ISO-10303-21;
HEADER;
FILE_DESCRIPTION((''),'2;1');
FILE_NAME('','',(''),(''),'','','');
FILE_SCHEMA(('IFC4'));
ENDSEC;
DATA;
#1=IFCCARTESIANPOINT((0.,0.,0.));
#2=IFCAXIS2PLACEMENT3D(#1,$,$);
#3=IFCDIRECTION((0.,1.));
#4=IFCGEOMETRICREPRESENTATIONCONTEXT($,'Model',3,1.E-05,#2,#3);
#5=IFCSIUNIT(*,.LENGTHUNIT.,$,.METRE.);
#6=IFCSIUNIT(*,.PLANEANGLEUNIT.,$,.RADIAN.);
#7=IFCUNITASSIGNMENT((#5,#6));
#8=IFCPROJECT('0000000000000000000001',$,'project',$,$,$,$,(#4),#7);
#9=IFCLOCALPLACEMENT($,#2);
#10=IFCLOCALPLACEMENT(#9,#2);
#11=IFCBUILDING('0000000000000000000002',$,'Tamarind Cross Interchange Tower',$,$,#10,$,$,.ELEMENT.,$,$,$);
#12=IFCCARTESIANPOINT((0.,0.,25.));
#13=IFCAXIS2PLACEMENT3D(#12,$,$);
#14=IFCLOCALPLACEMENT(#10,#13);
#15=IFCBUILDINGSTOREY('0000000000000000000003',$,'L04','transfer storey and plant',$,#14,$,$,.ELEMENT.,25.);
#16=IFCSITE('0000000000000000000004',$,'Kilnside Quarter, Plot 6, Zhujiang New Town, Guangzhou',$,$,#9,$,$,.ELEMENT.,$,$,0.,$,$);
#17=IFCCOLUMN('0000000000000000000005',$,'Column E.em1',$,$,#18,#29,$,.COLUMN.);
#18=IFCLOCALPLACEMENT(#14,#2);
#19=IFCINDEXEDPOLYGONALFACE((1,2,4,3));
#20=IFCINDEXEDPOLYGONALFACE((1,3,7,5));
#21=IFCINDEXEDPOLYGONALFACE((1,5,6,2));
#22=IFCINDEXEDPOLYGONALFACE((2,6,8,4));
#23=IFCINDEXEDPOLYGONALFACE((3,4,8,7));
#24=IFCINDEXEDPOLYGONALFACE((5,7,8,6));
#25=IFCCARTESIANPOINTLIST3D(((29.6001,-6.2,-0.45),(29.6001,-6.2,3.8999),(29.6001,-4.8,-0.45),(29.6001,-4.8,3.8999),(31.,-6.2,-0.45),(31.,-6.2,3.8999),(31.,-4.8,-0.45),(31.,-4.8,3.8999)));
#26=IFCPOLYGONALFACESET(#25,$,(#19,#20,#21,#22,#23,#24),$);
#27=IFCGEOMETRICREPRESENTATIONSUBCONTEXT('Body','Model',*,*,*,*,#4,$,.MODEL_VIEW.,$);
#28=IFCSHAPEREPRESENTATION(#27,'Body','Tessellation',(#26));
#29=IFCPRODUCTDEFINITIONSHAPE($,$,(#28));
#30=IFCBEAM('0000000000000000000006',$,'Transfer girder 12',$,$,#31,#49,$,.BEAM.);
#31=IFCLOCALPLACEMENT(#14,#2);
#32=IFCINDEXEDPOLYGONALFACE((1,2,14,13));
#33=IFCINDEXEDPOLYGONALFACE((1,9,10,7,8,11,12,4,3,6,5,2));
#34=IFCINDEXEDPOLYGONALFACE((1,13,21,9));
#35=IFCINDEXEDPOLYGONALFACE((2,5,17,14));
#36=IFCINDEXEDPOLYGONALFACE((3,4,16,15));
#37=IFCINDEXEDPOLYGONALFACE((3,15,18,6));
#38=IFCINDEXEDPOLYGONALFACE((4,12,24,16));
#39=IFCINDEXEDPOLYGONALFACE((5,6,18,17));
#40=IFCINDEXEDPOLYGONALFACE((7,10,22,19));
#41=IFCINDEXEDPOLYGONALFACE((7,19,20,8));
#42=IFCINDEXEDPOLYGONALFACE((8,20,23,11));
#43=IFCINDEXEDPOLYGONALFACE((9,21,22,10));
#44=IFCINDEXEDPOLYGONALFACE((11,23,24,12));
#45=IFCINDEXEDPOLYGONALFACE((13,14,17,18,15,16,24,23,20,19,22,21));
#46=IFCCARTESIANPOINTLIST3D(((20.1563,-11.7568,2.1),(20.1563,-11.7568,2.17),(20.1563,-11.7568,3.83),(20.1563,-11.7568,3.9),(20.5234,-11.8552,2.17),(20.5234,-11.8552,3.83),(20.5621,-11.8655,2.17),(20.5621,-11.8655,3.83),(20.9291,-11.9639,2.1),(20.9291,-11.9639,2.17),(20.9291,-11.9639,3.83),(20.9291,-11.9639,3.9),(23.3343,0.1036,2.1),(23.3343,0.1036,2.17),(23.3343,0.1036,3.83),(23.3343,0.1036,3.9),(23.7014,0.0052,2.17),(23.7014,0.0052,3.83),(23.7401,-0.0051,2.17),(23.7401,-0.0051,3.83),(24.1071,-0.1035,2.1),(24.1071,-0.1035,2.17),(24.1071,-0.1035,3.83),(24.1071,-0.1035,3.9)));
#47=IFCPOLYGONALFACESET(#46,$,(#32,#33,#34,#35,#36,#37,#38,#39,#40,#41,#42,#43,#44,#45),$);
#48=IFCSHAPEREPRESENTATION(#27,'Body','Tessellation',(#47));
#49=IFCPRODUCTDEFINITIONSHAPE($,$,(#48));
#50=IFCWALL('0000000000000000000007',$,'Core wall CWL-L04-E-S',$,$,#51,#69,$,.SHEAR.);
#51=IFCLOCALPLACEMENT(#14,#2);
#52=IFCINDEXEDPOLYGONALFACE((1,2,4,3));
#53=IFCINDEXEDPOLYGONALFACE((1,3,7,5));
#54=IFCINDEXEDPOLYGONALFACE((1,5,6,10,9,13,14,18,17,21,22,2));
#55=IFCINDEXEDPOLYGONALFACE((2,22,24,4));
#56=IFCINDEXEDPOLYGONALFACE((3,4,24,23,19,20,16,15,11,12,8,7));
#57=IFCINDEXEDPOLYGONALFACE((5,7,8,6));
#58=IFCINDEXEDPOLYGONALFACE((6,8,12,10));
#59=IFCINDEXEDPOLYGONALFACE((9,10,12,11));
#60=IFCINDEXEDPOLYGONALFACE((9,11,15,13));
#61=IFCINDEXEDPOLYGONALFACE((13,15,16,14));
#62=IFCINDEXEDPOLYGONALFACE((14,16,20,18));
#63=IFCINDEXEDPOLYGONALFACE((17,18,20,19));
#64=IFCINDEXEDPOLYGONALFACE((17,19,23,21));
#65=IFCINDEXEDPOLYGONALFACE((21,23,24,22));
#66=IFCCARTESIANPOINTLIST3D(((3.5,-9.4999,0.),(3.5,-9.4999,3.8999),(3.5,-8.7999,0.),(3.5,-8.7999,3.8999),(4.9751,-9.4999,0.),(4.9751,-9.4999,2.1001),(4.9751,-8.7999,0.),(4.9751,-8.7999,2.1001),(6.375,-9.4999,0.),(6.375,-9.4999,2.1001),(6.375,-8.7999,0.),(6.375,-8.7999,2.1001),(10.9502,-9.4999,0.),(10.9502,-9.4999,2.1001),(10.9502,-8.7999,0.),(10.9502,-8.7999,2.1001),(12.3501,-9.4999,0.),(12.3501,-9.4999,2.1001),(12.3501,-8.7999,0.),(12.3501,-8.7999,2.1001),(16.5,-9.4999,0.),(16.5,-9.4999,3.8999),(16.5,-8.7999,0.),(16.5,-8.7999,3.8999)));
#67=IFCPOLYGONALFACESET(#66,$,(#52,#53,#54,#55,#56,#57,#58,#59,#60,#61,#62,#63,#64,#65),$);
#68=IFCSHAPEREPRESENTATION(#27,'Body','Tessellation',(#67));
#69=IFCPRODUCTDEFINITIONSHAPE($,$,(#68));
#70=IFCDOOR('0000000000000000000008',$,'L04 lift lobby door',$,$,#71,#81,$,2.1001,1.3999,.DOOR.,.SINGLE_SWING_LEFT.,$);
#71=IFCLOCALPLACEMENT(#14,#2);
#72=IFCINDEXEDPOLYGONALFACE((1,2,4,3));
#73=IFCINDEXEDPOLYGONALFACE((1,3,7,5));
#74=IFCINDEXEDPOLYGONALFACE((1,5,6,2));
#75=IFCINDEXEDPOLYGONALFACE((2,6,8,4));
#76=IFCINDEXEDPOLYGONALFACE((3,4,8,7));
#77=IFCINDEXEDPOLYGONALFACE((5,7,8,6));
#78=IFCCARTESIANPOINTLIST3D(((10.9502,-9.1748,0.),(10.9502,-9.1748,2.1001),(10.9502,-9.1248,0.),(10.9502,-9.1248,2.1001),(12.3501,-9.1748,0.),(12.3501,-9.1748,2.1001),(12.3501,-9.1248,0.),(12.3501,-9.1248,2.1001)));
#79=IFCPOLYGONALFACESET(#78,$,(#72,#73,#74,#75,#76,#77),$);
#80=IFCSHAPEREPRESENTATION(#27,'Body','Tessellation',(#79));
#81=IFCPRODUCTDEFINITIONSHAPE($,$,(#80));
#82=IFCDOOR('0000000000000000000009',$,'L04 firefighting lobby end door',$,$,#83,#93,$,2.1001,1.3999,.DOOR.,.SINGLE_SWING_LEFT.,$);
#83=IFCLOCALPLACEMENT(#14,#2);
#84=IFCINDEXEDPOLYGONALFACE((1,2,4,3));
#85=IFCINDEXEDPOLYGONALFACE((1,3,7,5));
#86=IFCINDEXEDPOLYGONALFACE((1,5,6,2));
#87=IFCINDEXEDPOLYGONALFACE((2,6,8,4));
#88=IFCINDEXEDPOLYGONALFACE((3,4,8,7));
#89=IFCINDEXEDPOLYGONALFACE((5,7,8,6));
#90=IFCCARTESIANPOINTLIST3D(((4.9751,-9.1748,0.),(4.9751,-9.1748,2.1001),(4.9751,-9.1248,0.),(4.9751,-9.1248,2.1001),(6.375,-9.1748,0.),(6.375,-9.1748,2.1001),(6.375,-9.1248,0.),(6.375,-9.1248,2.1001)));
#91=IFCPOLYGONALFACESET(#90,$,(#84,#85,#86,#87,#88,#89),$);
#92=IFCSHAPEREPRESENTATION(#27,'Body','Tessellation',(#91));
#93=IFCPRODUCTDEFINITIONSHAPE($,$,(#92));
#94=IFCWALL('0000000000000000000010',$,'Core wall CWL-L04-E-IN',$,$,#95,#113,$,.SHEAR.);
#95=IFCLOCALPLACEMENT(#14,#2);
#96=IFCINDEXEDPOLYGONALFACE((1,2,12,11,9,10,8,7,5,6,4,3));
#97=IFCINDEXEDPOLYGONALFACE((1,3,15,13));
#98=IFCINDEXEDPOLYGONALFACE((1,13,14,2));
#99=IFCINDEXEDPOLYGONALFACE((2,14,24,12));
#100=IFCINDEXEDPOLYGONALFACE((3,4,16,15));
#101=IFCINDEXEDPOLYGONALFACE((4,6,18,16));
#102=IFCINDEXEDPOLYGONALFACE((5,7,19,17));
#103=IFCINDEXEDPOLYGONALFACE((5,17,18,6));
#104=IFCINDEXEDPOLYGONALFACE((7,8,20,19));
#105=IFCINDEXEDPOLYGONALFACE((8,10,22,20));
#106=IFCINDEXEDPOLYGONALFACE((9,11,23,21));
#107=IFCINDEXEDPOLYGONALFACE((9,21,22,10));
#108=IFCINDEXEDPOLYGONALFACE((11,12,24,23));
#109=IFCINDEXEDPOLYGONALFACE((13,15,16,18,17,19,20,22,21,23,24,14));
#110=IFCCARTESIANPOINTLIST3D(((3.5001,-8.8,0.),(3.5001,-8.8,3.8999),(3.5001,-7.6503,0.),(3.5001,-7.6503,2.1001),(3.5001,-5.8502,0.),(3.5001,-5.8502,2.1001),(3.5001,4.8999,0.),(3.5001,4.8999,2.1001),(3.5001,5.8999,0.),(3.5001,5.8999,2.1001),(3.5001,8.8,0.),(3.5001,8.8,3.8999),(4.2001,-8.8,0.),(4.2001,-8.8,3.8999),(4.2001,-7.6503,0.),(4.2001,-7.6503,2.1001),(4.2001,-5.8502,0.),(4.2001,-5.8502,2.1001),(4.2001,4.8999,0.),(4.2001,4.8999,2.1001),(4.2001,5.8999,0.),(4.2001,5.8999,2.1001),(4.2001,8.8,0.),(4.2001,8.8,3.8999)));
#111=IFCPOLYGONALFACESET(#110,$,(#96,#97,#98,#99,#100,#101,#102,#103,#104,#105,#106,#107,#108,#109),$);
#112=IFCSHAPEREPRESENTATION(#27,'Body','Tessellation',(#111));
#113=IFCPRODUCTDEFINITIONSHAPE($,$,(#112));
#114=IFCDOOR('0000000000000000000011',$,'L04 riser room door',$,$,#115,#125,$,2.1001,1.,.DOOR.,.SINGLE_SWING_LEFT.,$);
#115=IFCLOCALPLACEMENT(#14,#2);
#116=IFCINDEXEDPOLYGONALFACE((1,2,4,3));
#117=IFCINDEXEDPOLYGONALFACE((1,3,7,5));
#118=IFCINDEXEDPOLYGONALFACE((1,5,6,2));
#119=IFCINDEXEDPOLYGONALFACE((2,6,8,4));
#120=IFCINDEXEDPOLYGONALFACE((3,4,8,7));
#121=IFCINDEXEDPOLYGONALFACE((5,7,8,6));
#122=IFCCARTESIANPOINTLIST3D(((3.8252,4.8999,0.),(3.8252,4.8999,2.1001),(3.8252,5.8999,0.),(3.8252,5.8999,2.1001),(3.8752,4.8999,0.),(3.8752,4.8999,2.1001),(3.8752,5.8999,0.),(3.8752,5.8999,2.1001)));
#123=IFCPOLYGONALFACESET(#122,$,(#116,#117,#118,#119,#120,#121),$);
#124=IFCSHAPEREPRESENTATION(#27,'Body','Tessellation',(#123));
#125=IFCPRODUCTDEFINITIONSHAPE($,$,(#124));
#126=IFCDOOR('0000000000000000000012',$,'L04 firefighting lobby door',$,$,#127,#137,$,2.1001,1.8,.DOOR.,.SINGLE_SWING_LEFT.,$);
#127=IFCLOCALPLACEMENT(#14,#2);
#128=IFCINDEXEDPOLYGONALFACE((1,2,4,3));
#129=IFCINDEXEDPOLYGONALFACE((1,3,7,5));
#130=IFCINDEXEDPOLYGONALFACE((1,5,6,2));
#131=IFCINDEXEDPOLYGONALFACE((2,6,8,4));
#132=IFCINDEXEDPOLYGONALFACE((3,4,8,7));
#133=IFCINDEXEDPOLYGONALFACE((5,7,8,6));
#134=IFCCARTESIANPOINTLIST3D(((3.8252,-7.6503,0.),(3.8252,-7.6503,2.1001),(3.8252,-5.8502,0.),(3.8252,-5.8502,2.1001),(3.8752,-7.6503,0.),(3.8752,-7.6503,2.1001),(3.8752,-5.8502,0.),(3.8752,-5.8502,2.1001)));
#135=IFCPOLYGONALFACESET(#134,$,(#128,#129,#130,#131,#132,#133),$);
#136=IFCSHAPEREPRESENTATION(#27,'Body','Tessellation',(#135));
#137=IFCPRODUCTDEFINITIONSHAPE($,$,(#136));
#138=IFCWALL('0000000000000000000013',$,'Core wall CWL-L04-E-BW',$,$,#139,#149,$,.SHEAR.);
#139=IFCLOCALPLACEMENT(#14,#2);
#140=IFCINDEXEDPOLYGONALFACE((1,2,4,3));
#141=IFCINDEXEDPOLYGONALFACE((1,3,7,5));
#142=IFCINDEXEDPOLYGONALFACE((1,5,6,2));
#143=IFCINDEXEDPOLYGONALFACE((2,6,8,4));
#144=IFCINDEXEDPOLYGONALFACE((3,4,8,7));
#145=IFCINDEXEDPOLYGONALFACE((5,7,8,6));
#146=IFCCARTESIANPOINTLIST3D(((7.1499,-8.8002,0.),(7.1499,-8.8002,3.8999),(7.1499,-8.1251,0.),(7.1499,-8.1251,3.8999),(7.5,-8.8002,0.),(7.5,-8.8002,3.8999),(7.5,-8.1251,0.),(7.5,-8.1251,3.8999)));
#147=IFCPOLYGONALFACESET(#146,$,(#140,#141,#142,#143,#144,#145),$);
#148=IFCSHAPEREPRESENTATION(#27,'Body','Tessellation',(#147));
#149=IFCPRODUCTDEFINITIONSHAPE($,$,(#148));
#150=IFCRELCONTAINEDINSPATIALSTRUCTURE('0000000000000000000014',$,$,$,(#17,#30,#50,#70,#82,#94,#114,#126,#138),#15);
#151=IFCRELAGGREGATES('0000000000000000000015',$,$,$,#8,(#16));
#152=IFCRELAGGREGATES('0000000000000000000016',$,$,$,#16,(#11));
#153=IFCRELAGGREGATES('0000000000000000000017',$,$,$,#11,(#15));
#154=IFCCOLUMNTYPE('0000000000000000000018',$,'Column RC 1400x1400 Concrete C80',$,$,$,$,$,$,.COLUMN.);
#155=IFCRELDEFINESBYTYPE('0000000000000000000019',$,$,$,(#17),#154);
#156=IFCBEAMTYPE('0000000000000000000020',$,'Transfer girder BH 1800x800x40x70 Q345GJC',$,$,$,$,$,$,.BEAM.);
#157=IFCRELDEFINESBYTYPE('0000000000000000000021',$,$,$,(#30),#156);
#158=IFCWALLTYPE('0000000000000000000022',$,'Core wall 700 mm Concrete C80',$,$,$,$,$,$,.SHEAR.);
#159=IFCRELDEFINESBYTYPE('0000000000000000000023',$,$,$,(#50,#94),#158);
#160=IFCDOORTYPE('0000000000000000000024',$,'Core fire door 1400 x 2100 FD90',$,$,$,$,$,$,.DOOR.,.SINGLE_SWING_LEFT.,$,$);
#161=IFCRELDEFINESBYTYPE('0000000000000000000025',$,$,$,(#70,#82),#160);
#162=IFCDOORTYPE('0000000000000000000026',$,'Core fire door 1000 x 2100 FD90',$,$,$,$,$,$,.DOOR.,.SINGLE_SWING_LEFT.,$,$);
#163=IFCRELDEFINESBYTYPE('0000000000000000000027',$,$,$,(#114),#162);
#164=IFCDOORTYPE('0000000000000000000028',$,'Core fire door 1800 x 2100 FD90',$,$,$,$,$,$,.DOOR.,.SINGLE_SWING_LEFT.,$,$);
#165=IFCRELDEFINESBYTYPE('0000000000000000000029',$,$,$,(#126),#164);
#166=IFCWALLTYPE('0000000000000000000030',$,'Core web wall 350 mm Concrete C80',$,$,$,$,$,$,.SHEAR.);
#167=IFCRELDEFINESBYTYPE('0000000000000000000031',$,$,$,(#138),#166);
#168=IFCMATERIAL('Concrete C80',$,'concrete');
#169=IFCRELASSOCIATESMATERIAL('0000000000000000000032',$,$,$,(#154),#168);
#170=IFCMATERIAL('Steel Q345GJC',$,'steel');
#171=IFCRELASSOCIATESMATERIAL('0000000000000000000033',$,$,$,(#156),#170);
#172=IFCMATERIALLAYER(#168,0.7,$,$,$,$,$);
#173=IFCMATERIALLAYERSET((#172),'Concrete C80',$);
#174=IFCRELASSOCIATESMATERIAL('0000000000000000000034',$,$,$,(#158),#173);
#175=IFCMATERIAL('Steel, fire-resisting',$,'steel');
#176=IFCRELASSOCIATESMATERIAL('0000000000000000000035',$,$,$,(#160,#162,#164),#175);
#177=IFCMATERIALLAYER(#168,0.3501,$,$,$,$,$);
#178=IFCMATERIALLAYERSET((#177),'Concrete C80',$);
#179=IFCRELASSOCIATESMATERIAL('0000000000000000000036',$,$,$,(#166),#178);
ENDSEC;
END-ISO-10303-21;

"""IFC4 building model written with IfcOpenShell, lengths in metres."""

from ifc_helpers import new_model, si_unit, direction, frame, frame_2d, origin, origin_2d, place, context, subcontext, project, spatial, rectangle, i_section, extrude, material, layer, layer_set, material_profile, profile_set, type_object, element, fill, save


model = new_model("IFC4")

# Units and contexts
model_context = context("Model", 3, precision=1e-05, world=origin(), true_north=direction((0.0, 1.0)))
body_context = subcontext(model_context, "Body", "Model", "MODEL_VIEW")
ifc_project = project(units=[si_unit("LENGTHUNIT", "METRE"), si_unit("PLANEANGLEUNIT", "RADIAN")], contexts=[model_context])

# Site, building, storey
site_placement = place(None, origin())
site = spatial("IfcSite", under=ifc_project, at=site_placement, Name="Kilnside Quarter, Plot 6, Zhujiang New Town, Guangzhou", CompositionType="ELEMENT", RefElevation=0.0)
building_placement = place(site_placement, origin())
building = spatial("IfcBuilding", under=site, at=building_placement, Name="Tamarind Cross Interchange Tower", CompositionType="ELEMENT")
storey_placement = place(building_placement, frame((0.0, 0.0, 25.0)))
storey = spatial("IfcBuildingStorey", under=building, at=storey_placement, Name="L04", Description="transfer storey and plant", CompositionType="ELEMENT", Elevation=25.0)

# Column
ifc_material_1 = material(Name="Concrete C80", Category="concrete")
ifc_material_profile_1 = material_profile(ifc_material_1, rectangle(XDim=1.3999, YDim=1.3999, at=origin_2d()), Name="RC 1400x1400")
ifc_profile_set_1 = profile_set([ifc_material_profile_1], Name="Concrete C80")
column_type = type_object("IfcColumnType", Name="Column RC 1400x1400 Concrete C80", PredefinedType="COLUMN", material=ifc_profile_set_1)
column_placement = place(storey_placement, frame((30.3, -5.5, -0.45), z_axis=(0.0, 0.0, 1.0), x_axis=(1.0, 0.0, 0.0)))
element("IfcColumn", 1, at=column_placement, inside=storey, type_object=column_type, Name="Column E.em1", PredefinedType="COLUMN", context=body_context, shape_type="SweptSolid", body=[
    extrude(rectangle(XDim=1.3999, YDim=1.3999, at=origin_2d()), origin(), (0.0, 0.0, 1.0), 4.3499),
])

# Beam
ifc_material_2 = material(Name="Steel Q345GJC", Category="steel")
ifc_material_profile_2 = material_profile(ifc_material_2, i_section(OverallWidth=0.8, OverallDepth=1.8, WebThickness=0.04, FlangeThickness=0.0701, at=origin_2d()), Name="BH 1800x800x40x70")
ifc_profile_set_2 = profile_set([ifc_material_profile_2], Name="Steel Q345GJC")
beam_type = type_object("IfcBeamType", Name="Transfer girder BH 1800x800x40x70 Q345GJC", PredefinedType="BEAM", material=ifc_profile_set_2)
beam_placement = place(storey_placement, frame((20.5427, -11.8604, 3.0), z_axis=(0.25882, 0.965926, 0.0), x_axis=(-0.965926, 0.25882, 0.0)))
element("IfcBeam", 2, at=beam_placement, inside=storey, type_object=beam_type, Name="Transfer girder 12", PredefinedType="BEAM", context=body_context, shape_type="SweptSolid", body=[
    extrude(i_section(OverallWidth=0.8, OverallDepth=1.8, WebThickness=0.04, FlangeThickness=0.0701, at=origin_2d()), origin(), (0.0, 0.0, 1.0), 12.2788),
])

# Walls, openings, doors
ifc_layer_1 = layer(ifc_material_1, 0.7)
ifc_layer_set_1 = layer_set([ifc_layer_1], Name="Concrete C80")
wall_type_1 = type_object("IfcWallType", Name="Core wall 700 mm Concrete C80", PredefinedType="SHEAR", material=ifc_layer_set_1)
wall_1_placement = place(storey_placement, frame((16.5, -9.1499, 0.0), z_axis=(0.0, 0.0, 1.0), x_axis=(-1.0, 0.0, 0.0)))
wall_1 = element("IfcWall", 3, at=wall_1_placement, inside=storey, type_object=wall_type_1, Name="Core wall CWL-L04-E-S", PredefinedType="SHEAR", context=body_context, shape_type="SweptSolid", body=[
    extrude(rectangle(XDim=13.0, YDim=0.7, at=frame_2d((6.5, 0.0))), origin(), (0.0, 0.0, 1.0), 3.8999),
])
opening_1_placement = place(wall_1_placement, frame((4.1499, 0.0, 0.0)))
opening_1 = element("IfcOpeningElement", 4, at=opening_1_placement, cuts=wall_1, PredefinedType="OPENING", context=body_context, shape_type="SweptSolid", body=[
    extrude(rectangle(XDim=1.3999, YDim=2.1001, at=frame_2d((0.7, 1.05))), frame((0.0, 0.3599, 0.0), z_axis=(0.0, -1.0, 0.0), x_axis=(1.0, 0.0, 0.0)), (0.0, 0.0, 1.0), 0.72),
])
opening_2_placement = place(wall_1_placement, frame((10.125, 0.0, 0.0)))
opening_2 = element("IfcOpeningElement", 5, at=opening_2_placement, cuts=wall_1, PredefinedType="OPENING", context=body_context, shape_type="SweptSolid", body=[
    extrude(rectangle(XDim=1.3999, YDim=2.1001, at=frame_2d((0.7, 1.05))), frame((0.0, 0.3599, 0.0), z_axis=(0.0, -1.0, 0.0), x_axis=(1.0, 0.0, 0.0)), (0.0, 0.0, 1.0), 0.72),
])
ifc_material_3 = material(Name="Steel, fire-resisting", Category="steel")
door_type_1 = type_object("IfcDoorType", Name="Core fire door 1400 x 2100 FD90", OperationType="SINGLE_SWING_LEFT", PredefinedType="DOOR", material=ifc_material_3)
door_1_placement = place(opening_1_placement, origin())
door_1 = element("IfcDoor", 6, at=door_1_placement, inside=storey, type_object=door_type_1, Name="L04 lift lobby door", OperationType="SINGLE_SWING_LEFT", OverallHeight=2.1001, OverallWidth=1.3999, PredefinedType="DOOR", context=body_context, shape_type="SweptSolid", body=[
    extrude(rectangle(XDim=1.3999, YDim=2.1001, at=frame_2d((0.7, 1.05))), frame((0.0, 0.0249, 0.0), z_axis=(0.0, -1.0, 0.0), x_axis=(1.0, 0.0, 0.0)), (0.0, 0.0, 1.0), 0.05),
])
fill(opening_1, door_1)
door_2_placement = place(opening_2_placement, origin())
door_2 = element("IfcDoor", 7, at=door_2_placement, inside=storey, type_object=door_type_1, Name="L04 firefighting lobby end door", OperationType="SINGLE_SWING_LEFT", OverallHeight=2.1001, OverallWidth=1.3999, PredefinedType="DOOR", context=body_context, shape_type="SweptSolid", body=[
    extrude(rectangle(XDim=1.3999, YDim=2.1001, at=frame_2d((0.7, 1.05))), frame((0.0, 0.0249, 0.0), z_axis=(0.0, -1.0, 0.0), x_axis=(1.0, 0.0, 0.0)), (0.0, 0.0, 1.0), 0.05),
])
fill(opening_2, door_2)
wall_2_placement = place(storey_placement, frame((3.8501, -8.8, 0.0), z_axis=(0.0, 0.0, 1.0), x_axis=(0.0, 1.0, 0.0)))
wall_2 = element("IfcWall", 8, at=wall_2_placement, inside=storey, type_object=wall_type_1, Name="Core wall CWL-L04-E-IN", PredefinedType="SHEAR", context=body_context, shape_type="SweptSolid", body=[
    extrude(rectangle(XDim=17.6001, YDim=0.7, at=frame_2d((8.8, 0.0))), origin(), (0.0, 0.0, 1.0), 3.8999),
])
opening_3_placement = place(wall_2_placement, frame((1.1499, 0.0, 0.0)))
opening_3 = element("IfcOpeningElement", 9, at=opening_3_placement, cuts=wall_2, PredefinedType="OPENING", context=body_context, shape_type="SweptSolid", body=[
    extrude(rectangle(XDim=1.8, YDim=2.1001, at=frame_2d((0.8999, 1.05))), frame((0.0, 0.3599, 0.0), z_axis=(0.0, -1.0, 0.0), x_axis=(1.0, 0.0, 0.0)), (0.0, 0.0, 1.0), 0.72),
])
opening_4_placement = place(wall_2_placement, frame((13.7, 0.0, 0.0)))
opening_4 = element("IfcOpeningElement", 10, at=opening_4_placement, cuts=wall_2, PredefinedType="OPENING", context=body_context, shape_type="SweptSolid", body=[
    extrude(rectangle(XDim=1.0, YDim=2.1001, at=frame_2d((0.5, 1.05))), frame((0.0, 0.3599, 0.0), z_axis=(0.0, -1.0, 0.0), x_axis=(1.0, 0.0, 0.0)), (0.0, 0.0, 1.0), 0.72),
])
door_type_2 = type_object("IfcDoorType", Name="Core fire door 1000 x 2100 FD90", OperationType="SINGLE_SWING_LEFT", PredefinedType="DOOR", material=ifc_material_3)
door_3_placement = place(opening_4_placement, origin())
door_3 = element("IfcDoor", 11, at=door_3_placement, inside=storey, type_object=door_type_2, Name="L04 riser room door", OperationType="SINGLE_SWING_LEFT", OverallHeight=2.1001, OverallWidth=1.0, PredefinedType="DOOR", context=body_context, shape_type="SweptSolid", body=[
    extrude(rectangle(XDim=1.0, YDim=2.1001, at=frame_2d((0.5, 1.05))), frame((0.0, 0.0249, 0.0), z_axis=(0.0, -1.0, 0.0), x_axis=(1.0, 0.0, 0.0)), (0.0, 0.0, 1.0), 0.05),
])
fill(opening_4, door_3)
door_type_3 = type_object("IfcDoorType", Name="Core fire door 1800 x 2100 FD90", OperationType="SINGLE_SWING_LEFT", PredefinedType="DOOR", material=ifc_material_3)
door_4_placement = place(opening_3_placement, origin())
door_4 = element("IfcDoor", 12, at=door_4_placement, inside=storey, type_object=door_type_3, Name="L04 firefighting lobby door", OperationType="SINGLE_SWING_LEFT", OverallHeight=2.1001, OverallWidth=1.8, PredefinedType="DOOR", context=body_context, shape_type="SweptSolid", body=[
    extrude(rectangle(XDim=1.8, YDim=2.1001, at=frame_2d((0.8999, 1.05))), frame((0.0, 0.0249, 0.0), z_axis=(0.0, -1.0, 0.0), x_axis=(1.0, 0.0, 0.0)), (0.0, 0.0, 1.0), 0.05),
])
fill(opening_3, door_4)

# Wall
ifc_layer_2 = layer(ifc_material_1, 0.3501)
ifc_layer_set_2 = layer_set([ifc_layer_2], Name="Concrete C80")
wall_type_2 = type_object("IfcWallType", Name="Core web wall 350 mm Concrete C80", PredefinedType="SHEAR", material=ifc_layer_set_2)
wall_3_placement = place(storey_placement, frame((7.325, -8.8, 0.0), z_axis=(0.0, 0.0, 1.0), x_axis=(0.0, 1.0, 0.0)))
element("IfcWall", 13, at=wall_3_placement, inside=storey, type_object=wall_type_2, Name="Core wall CWL-L04-E-BW", PredefinedType="SHEAR", context=body_context, shape_type="SweptSolid", body=[
    extrude(rectangle(XDim=0.675, YDim=0.3501, at=frame_2d((0.3374, 0.0))), origin(), (0.0, 0.0, 1.0), 3.8999),
])

save(model, "model.ifc")
